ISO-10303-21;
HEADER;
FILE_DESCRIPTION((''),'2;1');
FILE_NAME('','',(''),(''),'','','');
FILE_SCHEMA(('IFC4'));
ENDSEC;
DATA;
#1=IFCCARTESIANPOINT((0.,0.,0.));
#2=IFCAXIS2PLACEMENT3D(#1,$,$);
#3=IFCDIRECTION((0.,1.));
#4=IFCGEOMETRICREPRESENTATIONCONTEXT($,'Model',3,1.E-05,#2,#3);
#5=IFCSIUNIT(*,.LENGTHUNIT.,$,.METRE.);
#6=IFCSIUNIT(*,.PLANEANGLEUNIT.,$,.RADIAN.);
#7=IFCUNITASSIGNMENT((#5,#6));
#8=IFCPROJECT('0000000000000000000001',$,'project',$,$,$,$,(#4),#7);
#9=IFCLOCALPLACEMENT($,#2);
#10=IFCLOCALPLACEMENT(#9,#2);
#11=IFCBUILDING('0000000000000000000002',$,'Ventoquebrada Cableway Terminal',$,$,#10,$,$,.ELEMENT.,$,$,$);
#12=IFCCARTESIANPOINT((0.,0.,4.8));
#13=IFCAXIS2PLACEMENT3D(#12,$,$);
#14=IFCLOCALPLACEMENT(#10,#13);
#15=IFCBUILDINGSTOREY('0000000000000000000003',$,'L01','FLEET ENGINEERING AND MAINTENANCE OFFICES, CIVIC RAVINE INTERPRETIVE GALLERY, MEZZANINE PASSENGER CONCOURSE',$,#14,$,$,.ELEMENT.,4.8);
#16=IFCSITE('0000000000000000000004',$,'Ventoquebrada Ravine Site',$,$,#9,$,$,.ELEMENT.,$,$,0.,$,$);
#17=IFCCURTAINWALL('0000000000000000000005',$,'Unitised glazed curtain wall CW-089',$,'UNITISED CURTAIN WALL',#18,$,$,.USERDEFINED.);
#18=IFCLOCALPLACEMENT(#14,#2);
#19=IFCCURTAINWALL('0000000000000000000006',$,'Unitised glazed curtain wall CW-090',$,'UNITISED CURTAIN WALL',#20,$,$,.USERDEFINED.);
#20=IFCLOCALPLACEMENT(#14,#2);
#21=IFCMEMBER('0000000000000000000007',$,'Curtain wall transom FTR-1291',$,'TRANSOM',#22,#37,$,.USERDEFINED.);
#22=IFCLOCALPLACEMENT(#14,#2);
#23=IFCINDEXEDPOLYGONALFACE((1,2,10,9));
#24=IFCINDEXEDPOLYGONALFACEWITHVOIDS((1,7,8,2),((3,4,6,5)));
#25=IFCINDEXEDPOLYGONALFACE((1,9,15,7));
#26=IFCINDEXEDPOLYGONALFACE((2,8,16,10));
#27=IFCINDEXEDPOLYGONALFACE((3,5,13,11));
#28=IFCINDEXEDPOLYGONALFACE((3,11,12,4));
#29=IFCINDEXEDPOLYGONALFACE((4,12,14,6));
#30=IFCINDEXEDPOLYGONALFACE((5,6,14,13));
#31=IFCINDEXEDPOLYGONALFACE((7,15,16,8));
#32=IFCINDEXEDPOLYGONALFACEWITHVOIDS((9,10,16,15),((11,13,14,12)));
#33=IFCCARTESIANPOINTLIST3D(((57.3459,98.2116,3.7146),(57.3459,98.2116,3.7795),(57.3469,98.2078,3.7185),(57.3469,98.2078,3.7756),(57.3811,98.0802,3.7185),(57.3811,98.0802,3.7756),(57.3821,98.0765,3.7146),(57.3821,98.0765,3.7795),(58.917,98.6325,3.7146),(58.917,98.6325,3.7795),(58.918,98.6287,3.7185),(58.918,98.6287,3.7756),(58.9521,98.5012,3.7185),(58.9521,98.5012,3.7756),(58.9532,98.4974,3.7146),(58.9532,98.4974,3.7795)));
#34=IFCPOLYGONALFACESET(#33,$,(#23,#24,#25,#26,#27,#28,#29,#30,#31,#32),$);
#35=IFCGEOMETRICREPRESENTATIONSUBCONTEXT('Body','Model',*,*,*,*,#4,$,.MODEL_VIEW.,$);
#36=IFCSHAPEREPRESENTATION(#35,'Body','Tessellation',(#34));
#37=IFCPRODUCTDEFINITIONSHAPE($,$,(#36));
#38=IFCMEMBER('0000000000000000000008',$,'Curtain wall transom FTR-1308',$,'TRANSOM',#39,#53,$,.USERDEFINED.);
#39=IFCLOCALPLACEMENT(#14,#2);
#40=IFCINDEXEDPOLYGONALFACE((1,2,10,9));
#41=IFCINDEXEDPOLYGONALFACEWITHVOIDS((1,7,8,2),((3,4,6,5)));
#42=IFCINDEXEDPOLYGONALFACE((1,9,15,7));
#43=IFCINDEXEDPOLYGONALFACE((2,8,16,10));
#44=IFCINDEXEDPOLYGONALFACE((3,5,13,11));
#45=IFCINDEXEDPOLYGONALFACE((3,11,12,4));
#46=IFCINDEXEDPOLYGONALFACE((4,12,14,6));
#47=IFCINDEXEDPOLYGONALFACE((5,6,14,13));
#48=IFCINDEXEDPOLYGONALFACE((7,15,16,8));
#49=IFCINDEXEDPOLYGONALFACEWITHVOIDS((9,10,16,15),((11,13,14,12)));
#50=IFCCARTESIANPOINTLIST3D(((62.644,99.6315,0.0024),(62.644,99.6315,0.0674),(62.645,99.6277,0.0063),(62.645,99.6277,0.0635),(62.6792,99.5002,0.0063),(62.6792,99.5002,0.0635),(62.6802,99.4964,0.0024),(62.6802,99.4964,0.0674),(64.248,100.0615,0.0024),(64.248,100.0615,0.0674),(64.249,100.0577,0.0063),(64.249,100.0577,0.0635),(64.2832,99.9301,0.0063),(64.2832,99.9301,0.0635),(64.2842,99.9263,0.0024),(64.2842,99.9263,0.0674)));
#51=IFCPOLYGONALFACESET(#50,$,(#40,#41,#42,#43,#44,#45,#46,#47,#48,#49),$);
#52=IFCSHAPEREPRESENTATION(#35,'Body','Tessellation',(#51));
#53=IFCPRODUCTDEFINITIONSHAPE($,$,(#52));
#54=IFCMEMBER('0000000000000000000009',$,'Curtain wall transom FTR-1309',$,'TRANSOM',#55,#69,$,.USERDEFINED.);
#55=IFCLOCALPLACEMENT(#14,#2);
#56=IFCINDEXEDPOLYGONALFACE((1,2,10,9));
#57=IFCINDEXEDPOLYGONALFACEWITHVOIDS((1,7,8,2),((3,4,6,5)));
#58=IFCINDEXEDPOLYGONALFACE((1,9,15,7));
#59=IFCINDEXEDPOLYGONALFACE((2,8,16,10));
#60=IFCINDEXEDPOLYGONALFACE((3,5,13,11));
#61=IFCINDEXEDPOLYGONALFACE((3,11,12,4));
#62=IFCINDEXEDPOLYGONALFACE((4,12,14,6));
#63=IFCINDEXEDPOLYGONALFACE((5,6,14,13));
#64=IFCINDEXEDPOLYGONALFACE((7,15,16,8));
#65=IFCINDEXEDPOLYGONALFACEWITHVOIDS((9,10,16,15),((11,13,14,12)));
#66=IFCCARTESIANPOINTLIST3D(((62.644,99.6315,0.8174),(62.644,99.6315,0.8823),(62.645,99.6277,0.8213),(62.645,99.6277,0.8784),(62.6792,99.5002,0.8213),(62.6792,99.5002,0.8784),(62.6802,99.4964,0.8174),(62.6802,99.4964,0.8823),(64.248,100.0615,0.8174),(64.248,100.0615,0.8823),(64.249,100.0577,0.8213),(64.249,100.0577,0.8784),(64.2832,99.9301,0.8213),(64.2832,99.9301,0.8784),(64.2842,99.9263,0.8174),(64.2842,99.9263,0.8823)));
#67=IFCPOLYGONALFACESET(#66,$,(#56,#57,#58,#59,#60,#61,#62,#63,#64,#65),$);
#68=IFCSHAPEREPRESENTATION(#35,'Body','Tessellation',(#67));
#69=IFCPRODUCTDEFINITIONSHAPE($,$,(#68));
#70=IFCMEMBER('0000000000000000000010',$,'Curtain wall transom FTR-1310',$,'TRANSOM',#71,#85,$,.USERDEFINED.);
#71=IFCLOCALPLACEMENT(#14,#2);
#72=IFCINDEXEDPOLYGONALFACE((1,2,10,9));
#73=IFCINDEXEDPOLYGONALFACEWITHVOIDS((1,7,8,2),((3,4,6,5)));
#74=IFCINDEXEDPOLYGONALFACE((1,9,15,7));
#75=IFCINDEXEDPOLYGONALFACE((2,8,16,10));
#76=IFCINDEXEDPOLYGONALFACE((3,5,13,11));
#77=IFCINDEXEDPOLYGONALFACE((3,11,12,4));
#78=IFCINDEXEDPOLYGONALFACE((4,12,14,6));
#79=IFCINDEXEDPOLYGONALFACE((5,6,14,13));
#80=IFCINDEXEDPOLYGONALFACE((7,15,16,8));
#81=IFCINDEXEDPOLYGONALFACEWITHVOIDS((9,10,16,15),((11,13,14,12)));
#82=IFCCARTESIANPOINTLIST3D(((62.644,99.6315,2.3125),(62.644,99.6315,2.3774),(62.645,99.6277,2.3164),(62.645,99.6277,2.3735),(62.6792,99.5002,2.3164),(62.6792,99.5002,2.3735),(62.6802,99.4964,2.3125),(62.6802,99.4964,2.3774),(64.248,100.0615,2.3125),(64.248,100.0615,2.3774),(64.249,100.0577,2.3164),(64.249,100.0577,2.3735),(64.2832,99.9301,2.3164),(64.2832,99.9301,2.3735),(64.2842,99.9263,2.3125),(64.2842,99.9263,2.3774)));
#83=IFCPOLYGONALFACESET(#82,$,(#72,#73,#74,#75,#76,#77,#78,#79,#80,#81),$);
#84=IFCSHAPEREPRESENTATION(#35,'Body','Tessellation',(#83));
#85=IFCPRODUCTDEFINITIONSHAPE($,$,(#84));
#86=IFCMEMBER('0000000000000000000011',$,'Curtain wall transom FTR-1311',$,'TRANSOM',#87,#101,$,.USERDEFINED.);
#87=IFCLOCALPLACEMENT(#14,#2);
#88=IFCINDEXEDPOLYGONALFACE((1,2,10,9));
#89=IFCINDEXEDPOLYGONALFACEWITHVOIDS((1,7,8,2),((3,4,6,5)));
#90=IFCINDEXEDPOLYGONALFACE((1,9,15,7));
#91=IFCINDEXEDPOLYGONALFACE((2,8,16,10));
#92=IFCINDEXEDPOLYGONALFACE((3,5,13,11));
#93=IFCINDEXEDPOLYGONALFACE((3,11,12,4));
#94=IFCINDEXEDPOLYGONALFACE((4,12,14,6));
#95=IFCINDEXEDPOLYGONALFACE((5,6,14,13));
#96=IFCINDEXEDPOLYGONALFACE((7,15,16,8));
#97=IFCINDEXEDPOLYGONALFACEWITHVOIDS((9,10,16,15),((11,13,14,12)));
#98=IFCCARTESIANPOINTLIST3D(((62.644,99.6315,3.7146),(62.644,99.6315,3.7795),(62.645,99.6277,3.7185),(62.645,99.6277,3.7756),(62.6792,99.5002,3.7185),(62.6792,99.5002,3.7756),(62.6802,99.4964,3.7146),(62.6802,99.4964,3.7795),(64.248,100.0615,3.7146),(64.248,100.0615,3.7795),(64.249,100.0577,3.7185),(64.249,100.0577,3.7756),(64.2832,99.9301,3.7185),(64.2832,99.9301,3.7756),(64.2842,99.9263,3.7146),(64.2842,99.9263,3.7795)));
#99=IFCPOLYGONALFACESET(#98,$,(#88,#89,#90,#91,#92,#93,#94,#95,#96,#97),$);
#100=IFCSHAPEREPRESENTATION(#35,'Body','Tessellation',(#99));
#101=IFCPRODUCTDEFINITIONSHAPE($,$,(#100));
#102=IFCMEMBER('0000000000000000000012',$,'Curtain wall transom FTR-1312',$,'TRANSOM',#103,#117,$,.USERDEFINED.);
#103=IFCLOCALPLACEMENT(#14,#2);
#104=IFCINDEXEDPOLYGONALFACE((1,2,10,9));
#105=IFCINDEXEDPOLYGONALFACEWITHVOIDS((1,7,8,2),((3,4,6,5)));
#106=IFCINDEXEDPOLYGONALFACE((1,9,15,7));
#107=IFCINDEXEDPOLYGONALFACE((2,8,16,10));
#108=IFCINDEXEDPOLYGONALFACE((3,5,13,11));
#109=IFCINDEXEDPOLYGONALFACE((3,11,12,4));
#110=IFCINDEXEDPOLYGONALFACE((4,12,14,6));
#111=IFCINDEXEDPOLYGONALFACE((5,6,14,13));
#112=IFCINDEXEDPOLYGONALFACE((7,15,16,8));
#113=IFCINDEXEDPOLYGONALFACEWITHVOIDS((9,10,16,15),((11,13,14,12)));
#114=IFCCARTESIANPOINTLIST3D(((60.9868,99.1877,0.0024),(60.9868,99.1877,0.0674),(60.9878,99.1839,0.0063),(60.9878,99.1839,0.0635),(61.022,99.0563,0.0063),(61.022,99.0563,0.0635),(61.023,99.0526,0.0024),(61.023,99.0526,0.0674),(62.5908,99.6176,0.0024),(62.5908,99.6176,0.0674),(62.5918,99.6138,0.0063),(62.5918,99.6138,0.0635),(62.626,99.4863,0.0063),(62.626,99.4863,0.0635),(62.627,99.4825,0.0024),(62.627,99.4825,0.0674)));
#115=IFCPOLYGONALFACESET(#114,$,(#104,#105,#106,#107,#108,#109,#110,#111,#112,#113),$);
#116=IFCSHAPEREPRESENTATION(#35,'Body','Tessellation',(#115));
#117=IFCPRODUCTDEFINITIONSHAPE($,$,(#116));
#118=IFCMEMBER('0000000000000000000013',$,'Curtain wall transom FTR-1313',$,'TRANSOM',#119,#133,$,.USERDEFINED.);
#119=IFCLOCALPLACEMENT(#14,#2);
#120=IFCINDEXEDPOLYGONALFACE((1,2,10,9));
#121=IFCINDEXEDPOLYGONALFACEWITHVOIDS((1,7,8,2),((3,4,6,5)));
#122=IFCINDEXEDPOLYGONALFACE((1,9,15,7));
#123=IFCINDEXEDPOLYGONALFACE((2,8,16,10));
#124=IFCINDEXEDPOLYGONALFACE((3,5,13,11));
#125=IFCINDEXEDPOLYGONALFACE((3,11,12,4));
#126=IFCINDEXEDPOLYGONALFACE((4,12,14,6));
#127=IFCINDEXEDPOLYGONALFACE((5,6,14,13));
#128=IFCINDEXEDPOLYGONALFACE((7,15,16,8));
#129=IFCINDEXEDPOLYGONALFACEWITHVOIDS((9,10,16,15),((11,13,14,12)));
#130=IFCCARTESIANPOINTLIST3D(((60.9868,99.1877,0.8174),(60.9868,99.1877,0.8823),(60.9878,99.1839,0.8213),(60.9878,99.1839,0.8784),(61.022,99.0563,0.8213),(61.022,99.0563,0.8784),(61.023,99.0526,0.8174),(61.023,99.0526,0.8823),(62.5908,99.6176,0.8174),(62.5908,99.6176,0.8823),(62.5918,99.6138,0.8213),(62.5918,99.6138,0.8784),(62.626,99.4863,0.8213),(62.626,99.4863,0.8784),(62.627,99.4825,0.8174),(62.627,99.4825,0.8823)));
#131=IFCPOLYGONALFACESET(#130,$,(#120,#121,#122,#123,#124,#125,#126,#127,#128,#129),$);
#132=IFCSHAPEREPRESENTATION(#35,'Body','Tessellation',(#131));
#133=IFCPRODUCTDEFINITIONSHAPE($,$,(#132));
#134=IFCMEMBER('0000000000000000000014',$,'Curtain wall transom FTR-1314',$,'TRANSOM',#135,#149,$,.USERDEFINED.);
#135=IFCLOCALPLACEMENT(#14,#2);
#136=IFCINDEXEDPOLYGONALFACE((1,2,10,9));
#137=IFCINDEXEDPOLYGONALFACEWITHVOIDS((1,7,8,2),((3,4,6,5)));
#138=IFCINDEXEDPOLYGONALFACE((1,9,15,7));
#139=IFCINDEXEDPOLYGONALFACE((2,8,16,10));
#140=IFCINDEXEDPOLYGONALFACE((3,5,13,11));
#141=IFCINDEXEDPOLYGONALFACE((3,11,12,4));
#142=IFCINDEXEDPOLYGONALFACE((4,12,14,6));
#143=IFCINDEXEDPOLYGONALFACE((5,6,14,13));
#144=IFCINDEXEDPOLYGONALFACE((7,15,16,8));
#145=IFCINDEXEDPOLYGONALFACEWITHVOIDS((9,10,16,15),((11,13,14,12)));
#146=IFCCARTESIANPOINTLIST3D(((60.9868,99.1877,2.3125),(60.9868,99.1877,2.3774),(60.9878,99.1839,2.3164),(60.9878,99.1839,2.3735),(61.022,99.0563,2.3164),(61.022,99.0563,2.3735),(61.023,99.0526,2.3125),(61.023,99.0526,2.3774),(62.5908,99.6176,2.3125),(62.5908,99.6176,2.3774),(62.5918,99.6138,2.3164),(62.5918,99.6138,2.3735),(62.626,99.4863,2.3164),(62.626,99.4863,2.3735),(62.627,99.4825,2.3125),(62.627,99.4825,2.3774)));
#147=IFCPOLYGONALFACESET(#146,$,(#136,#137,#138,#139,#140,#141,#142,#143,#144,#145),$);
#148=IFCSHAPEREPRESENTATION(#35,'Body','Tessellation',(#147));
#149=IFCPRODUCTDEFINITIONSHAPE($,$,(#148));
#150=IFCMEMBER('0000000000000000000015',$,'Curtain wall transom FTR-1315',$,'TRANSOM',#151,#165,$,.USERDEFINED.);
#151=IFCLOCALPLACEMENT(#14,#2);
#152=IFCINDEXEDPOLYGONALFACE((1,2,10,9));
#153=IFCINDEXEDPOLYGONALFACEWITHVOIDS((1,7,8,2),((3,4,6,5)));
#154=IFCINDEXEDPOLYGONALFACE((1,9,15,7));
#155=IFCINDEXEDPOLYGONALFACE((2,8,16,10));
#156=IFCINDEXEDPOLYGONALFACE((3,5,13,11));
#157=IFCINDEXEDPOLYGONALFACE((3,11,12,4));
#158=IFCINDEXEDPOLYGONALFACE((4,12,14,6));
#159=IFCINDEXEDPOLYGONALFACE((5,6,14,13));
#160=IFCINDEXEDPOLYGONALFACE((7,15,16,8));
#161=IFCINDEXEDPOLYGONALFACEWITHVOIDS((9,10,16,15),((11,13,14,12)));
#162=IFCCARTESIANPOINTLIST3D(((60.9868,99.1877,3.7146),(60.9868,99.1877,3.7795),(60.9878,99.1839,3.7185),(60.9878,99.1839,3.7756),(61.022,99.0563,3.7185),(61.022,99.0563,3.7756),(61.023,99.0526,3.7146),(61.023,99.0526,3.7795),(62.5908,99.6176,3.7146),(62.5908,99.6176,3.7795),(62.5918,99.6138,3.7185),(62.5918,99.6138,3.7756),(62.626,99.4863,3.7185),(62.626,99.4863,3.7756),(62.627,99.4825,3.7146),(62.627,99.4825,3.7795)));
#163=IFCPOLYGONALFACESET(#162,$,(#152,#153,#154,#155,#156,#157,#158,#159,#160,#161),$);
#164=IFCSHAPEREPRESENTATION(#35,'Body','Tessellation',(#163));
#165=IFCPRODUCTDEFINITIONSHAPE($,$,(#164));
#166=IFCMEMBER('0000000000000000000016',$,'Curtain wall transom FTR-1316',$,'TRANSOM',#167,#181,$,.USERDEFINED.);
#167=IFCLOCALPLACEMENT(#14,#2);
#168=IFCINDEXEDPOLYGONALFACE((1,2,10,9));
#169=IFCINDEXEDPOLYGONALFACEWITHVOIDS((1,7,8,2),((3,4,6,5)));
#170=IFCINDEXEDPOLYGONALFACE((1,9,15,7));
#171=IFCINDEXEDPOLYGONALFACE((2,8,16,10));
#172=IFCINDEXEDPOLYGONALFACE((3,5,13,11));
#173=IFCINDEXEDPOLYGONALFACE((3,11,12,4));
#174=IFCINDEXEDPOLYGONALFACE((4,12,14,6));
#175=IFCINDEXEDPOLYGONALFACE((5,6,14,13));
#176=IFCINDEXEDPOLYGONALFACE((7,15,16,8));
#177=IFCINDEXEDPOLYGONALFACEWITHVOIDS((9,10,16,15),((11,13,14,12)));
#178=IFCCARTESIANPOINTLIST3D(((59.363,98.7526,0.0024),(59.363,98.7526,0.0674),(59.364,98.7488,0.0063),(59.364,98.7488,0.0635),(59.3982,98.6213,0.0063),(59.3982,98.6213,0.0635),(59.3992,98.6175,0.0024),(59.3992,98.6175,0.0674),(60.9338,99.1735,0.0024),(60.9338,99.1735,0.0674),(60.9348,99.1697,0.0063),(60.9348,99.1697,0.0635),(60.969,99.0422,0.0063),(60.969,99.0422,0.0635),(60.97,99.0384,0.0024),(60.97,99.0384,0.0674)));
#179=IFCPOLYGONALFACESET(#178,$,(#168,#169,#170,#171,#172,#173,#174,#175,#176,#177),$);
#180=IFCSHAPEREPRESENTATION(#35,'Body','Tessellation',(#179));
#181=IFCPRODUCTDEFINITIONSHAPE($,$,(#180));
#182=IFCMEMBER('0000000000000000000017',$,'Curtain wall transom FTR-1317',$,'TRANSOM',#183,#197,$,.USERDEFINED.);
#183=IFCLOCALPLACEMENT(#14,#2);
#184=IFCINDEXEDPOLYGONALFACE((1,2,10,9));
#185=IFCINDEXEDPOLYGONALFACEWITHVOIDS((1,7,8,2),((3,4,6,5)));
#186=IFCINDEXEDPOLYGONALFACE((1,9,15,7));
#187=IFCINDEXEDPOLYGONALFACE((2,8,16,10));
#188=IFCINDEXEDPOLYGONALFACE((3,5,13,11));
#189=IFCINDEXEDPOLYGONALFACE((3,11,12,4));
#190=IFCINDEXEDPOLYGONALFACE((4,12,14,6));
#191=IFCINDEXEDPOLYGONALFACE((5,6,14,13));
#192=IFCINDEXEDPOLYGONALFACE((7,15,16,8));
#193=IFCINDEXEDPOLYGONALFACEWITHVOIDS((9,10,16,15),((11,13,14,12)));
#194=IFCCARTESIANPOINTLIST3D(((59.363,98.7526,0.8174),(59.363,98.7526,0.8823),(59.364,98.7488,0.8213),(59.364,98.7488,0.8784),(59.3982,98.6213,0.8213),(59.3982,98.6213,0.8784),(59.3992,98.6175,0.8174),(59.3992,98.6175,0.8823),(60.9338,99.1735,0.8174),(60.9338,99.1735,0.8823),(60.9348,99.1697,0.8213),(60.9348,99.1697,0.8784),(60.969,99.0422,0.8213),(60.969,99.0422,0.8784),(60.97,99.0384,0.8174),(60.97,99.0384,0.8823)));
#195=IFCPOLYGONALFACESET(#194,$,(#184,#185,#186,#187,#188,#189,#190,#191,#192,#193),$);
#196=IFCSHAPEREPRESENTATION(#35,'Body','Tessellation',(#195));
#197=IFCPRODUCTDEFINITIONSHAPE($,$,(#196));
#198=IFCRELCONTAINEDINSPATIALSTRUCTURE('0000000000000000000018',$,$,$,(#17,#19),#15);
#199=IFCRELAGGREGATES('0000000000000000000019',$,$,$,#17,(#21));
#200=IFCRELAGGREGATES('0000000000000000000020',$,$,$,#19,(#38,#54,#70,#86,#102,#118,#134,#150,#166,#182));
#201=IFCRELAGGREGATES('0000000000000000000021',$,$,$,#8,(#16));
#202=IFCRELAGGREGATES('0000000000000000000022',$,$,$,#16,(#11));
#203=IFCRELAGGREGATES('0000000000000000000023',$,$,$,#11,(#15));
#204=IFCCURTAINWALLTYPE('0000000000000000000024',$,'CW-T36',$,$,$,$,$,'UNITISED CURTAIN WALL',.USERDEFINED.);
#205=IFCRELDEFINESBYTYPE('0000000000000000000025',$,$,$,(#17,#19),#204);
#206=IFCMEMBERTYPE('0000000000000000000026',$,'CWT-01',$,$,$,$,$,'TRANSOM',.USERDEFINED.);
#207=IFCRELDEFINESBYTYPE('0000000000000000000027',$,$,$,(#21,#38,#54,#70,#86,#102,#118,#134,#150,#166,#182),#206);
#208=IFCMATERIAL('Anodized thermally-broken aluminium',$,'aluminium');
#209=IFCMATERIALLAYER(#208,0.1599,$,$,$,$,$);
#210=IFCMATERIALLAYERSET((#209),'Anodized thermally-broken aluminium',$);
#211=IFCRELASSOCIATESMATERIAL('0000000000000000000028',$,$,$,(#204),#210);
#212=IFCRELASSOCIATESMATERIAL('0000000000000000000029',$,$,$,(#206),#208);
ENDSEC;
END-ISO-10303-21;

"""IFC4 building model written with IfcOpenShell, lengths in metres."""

from ifc_helpers import new_model, si_unit, direction, frame, origin, origin_2d, place, context, subcontext, project, spatial, hollow_rectangle, extrude, material, layer, layer_set, material_profile, profile_set, type_object, element, aggregate, save


model = new_model("IFC4")

# Units and contexts
model_context = context("Model", 3, precision=1e-05, world=origin(), true_north=direction((0.0, 1.0)))
body_context = subcontext(model_context, "Body", "Model", "MODEL_VIEW")
ifc_project = project(units=[si_unit("LENGTHUNIT", "METRE"), si_unit("PLANEANGLEUNIT", "RADIAN")], contexts=[model_context])

# Site, building, storey
site_placement = place(None, origin())
site = spatial("IfcSite", under=ifc_project, at=site_placement, Name="Ventoquebrada Ravine Site", CompositionType="ELEMENT", RefElevation=0.0)
building_placement = place(site_placement, origin())
building = spatial("IfcBuilding", under=site, at=building_placement, Name="Ventoquebrada Cableway Terminal", CompositionType="ELEMENT")
storey_placement = place(building_placement, frame((0.0, 0.0, 4.8)))
storey = spatial("IfcBuildingStorey", under=building, at=storey_placement, Name="L01", Description="FLEET ENGINEERING AND MAINTENANCE OFFICES, CIVIC RAVINE INTERPRETIVE GALLERY, MEZZANINE PASSENGER CONCOURSE", CompositionType="ELEMENT", Elevation=4.8)

# Curtain wall
ifc_material_1 = material(Name="Anodized thermally-broken aluminium", Category="aluminium")
ifc_layer_1 = layer(ifc_material_1, 0.1599)
ifc_layer_set_1 = layer_set([ifc_layer_1], Name="Anodized thermally-broken aluminium")
curtain_wall_type = type_object("IfcCurtainWallType", Name="CW-T36", ElementType="UNITISED CURTAIN WALL", PredefinedType="USERDEFINED", material=ifc_layer_set_1)
curtain_wall_1_placement = place(storey_placement, origin())
curtain_wall_1 = element("IfcCurtainWall", 1, at=curtain_wall_1_placement, inside=storey, type_object=curtain_wall_type, Name="Unitised glazed curtain wall CW-089", ObjectType="UNITISED CURTAIN WALL", PredefinedType="USERDEFINED")

# Curtain wall
curtain_wall_2_placement = place(storey_placement, origin())
curtain_wall_2 = element("IfcCurtainWall", 2, at=curtain_wall_2_placement, inside=storey, type_object=curtain_wall_type, Name="Unitised glazed curtain wall CW-090", ObjectType="UNITISED CURTAIN WALL", PredefinedType="USERDEFINED")

# Members
ifc_material_profile_1 = material_profile(ifc_material_1, hollow_rectangle(XDim=0.0649, YDim=0.1399, WallThickness=0.0039, at=origin_2d()), Name="CW-TRN-65X140")
ifc_profile_set_1 = profile_set([ifc_material_profile_1], Name="Anodized thermally-broken aluminium")
member_type_1 = type_object("IfcMemberType", Name="CWT-01", ElementType="TRANSOM", PredefinedType="USERDEFINED", material=ifc_profile_set_1)
member_1_placement = place(storey_placement, frame((58.9351, 98.5649, 3.7471), z_axis=(-0.965935, -0.258784, 0.0), x_axis=(0.0, 0.0, 1.0)))
member_1 = element("IfcMember", 3, at=member_1_placement, type_object=member_type_1, Name="Curtain wall transom FTR-1291", ObjectType="TRANSOM", PredefinedType="USERDEFINED", context=body_context, shape_type="SweptSolid", body=[
    extrude(hollow_rectangle(XDim=0.0649, YDim=0.1399, WallThickness=0.0039, at=origin_2d()), origin(), (0.0, 0.0, 1.0), 1.6265),
])
member_2_placement = place(storey_placement, frame((64.2661, 99.9939, 0.0349), z_axis=(-0.965905, -0.258898, 0.0), x_axis=(0.0, 0.0, 1.0)))
member_2 = element("IfcMember", 4, at=member_2_placement, type_object=member_type_1, Name="Curtain wall transom FTR-1308", ObjectType="TRANSOM", PredefinedType="USERDEFINED", context=body_context, shape_type="SweptSolid", body=[
    extrude(hollow_rectangle(XDim=0.0649, YDim=0.1399, WallThickness=0.0039, at=origin_2d()), origin(), (0.0, 0.0, 1.0), 1.6606),
])
member_3_placement = place(storey_placement, frame((64.2661, 99.9939, 0.8499), z_axis=(-0.965905, -0.258898, 0.0), x_axis=(0.0, 0.0, 1.0)))
member_3 = element("IfcMember", 5, at=member_3_placement, type_object=member_type_1, Name="Curtain wall transom FTR-1309", ObjectType="TRANSOM", PredefinedType="USERDEFINED", context=body_context, shape_type="SweptSolid", body=[
    extrude(hollow_rectangle(XDim=0.0649, YDim=0.1399, WallThickness=0.0039, at=origin_2d()), origin(), (0.0, 0.0, 1.0), 1.6606),
])
member_4_placement = place(storey_placement, frame((64.2661, 99.9939, 2.345), z_axis=(-0.965905, -0.258898, 0.0), x_axis=(0.0, 0.0, 1.0)))
member_4 = element("IfcMember", 6, at=member_4_placement, type_object=member_type_1, Name="Curtain wall transom FTR-1310", ObjectType="TRANSOM", PredefinedType="USERDEFINED", context=body_context, shape_type="SweptSolid", body=[
    extrude(hollow_rectangle(XDim=0.0649, YDim=0.1399, WallThickness=0.0039, at=origin_2d()), origin(), (0.0, 0.0, 1.0), 1.6606),
])
member_5_placement = place(storey_placement, frame((64.2661, 99.9939, 3.7471), z_axis=(-0.965905, -0.258898, 0.0), x_axis=(0.0, 0.0, 1.0)))
member_5 = element("IfcMember", 7, at=member_5_placement, type_object=member_type_1, Name="Curtain wall transom FTR-1311", ObjectType="TRANSOM", PredefinedType="USERDEFINED", context=body_context, shape_type="SweptSolid", body=[
    extrude(hollow_rectangle(XDim=0.0649, YDim=0.1399, WallThickness=0.0039, at=origin_2d()), origin(), (0.0, 0.0, 1.0), 1.6606),
])
member_6_placement = place(storey_placement, frame((62.6089, 99.55, 0.0349), z_axis=(-0.965905, -0.258898, 0.0), x_axis=(0.0, 0.0, 1.0)))
member_6 = element("IfcMember", 8, at=member_6_placement, type_object=member_type_1, Name="Curtain wall transom FTR-1312", ObjectType="TRANSOM", PredefinedType="USERDEFINED", context=body_context, shape_type="SweptSolid", body=[
    extrude(hollow_rectangle(XDim=0.0649, YDim=0.1399, WallThickness=0.0039, at=origin_2d()), origin(), (0.0, 0.0, 1.0), 1.6606),
])
member_7_placement = place(storey_placement, frame((62.6089, 99.55, 0.8499), z_axis=(-0.965905, -0.258898, 0.0), x_axis=(0.0, 0.0, 1.0)))
member_7 = element("IfcMember", 9, at=member_7_placement, type_object=member_type_1, Name="Curtain wall transom FTR-1313", ObjectType="TRANSOM", PredefinedType="USERDEFINED", context=body_context, shape_type="SweptSolid", body=[
    extrude(hollow_rectangle(XDim=0.0649, YDim=0.1399, WallThickness=0.0039, at=origin_2d()), origin(), (0.0, 0.0, 1.0), 1.6606),
])
member_8_placement = place(storey_placement, frame((62.6089, 99.55, 2.345), z_axis=(-0.965905, -0.258898, 0.0), x_axis=(0.0, 0.0, 1.0)))
member_8 = element("IfcMember", 10, at=member_8_placement, type_object=member_type_1, Name="Curtain wall transom FTR-1314", ObjectType="TRANSOM", PredefinedType="USERDEFINED", context=body_context, shape_type="SweptSolid", body=[
    extrude(hollow_rectangle(XDim=0.0649, YDim=0.1399, WallThickness=0.0039, at=origin_2d()), origin(), (0.0, 0.0, 1.0), 1.6606),
])
member_9_placement = place(storey_placement, frame((62.6089, 99.55, 3.7471), z_axis=(-0.965905, -0.258898, 0.0), x_axis=(0.0, 0.0, 1.0)))
member_9 = element("IfcMember", 11, at=member_9_placement, type_object=member_type_1, Name="Curtain wall transom FTR-1315", ObjectType="TRANSOM", PredefinedType="USERDEFINED", context=body_context, shape_type="SweptSolid", body=[
    extrude(hollow_rectangle(XDim=0.0649, YDim=0.1399, WallThickness=0.0039, at=origin_2d()), origin(), (0.0, 0.0, 1.0), 1.6606),
])
member_10_placement = place(storey_placement, frame((60.9519, 99.106, 0.0349), z_axis=(-0.965925, -0.258821, 0.0), x_axis=(0.0, 0.0, 1.0)))
member_10 = element("IfcMember", 12, at=member_10_placement, type_object=member_type_1, Name="Curtain wall transom FTR-1316", ObjectType="TRANSOM", PredefinedType="USERDEFINED", context=body_context, shape_type="SweptSolid", body=[
    extrude(hollow_rectangle(XDim=0.0649, YDim=0.1399, WallThickness=0.0039, at=origin_2d()), origin(), (0.0, 0.0, 1.0), 1.6262),
])
member_11_placement = place(storey_placement, frame((60.9519, 99.106, 0.8499), z_axis=(-0.965925, -0.258821, 0.0), x_axis=(0.0, 0.0, 1.0)))
member_11 = element("IfcMember", 13, at=member_11_placement, type_object=member_type_1, Name="Curtain wall transom FTR-1317", ObjectType="TRANSOM", PredefinedType="USERDEFINED", context=body_context, shape_type="SweptSolid", body=[
    extrude(hollow_rectangle(XDim=0.0649, YDim=0.1399, WallThickness=0.0039, at=origin_2d()), origin(), (0.0, 0.0, 1.0), 1.6262),
])

aggregate(curtain_wall_1, [member_1])
aggregate(curtain_wall_2, [member_2, member_3, member_4, member_5, member_6, member_7, member_8, member_9, member_10, member_11])

save(model, "model.ifc")
